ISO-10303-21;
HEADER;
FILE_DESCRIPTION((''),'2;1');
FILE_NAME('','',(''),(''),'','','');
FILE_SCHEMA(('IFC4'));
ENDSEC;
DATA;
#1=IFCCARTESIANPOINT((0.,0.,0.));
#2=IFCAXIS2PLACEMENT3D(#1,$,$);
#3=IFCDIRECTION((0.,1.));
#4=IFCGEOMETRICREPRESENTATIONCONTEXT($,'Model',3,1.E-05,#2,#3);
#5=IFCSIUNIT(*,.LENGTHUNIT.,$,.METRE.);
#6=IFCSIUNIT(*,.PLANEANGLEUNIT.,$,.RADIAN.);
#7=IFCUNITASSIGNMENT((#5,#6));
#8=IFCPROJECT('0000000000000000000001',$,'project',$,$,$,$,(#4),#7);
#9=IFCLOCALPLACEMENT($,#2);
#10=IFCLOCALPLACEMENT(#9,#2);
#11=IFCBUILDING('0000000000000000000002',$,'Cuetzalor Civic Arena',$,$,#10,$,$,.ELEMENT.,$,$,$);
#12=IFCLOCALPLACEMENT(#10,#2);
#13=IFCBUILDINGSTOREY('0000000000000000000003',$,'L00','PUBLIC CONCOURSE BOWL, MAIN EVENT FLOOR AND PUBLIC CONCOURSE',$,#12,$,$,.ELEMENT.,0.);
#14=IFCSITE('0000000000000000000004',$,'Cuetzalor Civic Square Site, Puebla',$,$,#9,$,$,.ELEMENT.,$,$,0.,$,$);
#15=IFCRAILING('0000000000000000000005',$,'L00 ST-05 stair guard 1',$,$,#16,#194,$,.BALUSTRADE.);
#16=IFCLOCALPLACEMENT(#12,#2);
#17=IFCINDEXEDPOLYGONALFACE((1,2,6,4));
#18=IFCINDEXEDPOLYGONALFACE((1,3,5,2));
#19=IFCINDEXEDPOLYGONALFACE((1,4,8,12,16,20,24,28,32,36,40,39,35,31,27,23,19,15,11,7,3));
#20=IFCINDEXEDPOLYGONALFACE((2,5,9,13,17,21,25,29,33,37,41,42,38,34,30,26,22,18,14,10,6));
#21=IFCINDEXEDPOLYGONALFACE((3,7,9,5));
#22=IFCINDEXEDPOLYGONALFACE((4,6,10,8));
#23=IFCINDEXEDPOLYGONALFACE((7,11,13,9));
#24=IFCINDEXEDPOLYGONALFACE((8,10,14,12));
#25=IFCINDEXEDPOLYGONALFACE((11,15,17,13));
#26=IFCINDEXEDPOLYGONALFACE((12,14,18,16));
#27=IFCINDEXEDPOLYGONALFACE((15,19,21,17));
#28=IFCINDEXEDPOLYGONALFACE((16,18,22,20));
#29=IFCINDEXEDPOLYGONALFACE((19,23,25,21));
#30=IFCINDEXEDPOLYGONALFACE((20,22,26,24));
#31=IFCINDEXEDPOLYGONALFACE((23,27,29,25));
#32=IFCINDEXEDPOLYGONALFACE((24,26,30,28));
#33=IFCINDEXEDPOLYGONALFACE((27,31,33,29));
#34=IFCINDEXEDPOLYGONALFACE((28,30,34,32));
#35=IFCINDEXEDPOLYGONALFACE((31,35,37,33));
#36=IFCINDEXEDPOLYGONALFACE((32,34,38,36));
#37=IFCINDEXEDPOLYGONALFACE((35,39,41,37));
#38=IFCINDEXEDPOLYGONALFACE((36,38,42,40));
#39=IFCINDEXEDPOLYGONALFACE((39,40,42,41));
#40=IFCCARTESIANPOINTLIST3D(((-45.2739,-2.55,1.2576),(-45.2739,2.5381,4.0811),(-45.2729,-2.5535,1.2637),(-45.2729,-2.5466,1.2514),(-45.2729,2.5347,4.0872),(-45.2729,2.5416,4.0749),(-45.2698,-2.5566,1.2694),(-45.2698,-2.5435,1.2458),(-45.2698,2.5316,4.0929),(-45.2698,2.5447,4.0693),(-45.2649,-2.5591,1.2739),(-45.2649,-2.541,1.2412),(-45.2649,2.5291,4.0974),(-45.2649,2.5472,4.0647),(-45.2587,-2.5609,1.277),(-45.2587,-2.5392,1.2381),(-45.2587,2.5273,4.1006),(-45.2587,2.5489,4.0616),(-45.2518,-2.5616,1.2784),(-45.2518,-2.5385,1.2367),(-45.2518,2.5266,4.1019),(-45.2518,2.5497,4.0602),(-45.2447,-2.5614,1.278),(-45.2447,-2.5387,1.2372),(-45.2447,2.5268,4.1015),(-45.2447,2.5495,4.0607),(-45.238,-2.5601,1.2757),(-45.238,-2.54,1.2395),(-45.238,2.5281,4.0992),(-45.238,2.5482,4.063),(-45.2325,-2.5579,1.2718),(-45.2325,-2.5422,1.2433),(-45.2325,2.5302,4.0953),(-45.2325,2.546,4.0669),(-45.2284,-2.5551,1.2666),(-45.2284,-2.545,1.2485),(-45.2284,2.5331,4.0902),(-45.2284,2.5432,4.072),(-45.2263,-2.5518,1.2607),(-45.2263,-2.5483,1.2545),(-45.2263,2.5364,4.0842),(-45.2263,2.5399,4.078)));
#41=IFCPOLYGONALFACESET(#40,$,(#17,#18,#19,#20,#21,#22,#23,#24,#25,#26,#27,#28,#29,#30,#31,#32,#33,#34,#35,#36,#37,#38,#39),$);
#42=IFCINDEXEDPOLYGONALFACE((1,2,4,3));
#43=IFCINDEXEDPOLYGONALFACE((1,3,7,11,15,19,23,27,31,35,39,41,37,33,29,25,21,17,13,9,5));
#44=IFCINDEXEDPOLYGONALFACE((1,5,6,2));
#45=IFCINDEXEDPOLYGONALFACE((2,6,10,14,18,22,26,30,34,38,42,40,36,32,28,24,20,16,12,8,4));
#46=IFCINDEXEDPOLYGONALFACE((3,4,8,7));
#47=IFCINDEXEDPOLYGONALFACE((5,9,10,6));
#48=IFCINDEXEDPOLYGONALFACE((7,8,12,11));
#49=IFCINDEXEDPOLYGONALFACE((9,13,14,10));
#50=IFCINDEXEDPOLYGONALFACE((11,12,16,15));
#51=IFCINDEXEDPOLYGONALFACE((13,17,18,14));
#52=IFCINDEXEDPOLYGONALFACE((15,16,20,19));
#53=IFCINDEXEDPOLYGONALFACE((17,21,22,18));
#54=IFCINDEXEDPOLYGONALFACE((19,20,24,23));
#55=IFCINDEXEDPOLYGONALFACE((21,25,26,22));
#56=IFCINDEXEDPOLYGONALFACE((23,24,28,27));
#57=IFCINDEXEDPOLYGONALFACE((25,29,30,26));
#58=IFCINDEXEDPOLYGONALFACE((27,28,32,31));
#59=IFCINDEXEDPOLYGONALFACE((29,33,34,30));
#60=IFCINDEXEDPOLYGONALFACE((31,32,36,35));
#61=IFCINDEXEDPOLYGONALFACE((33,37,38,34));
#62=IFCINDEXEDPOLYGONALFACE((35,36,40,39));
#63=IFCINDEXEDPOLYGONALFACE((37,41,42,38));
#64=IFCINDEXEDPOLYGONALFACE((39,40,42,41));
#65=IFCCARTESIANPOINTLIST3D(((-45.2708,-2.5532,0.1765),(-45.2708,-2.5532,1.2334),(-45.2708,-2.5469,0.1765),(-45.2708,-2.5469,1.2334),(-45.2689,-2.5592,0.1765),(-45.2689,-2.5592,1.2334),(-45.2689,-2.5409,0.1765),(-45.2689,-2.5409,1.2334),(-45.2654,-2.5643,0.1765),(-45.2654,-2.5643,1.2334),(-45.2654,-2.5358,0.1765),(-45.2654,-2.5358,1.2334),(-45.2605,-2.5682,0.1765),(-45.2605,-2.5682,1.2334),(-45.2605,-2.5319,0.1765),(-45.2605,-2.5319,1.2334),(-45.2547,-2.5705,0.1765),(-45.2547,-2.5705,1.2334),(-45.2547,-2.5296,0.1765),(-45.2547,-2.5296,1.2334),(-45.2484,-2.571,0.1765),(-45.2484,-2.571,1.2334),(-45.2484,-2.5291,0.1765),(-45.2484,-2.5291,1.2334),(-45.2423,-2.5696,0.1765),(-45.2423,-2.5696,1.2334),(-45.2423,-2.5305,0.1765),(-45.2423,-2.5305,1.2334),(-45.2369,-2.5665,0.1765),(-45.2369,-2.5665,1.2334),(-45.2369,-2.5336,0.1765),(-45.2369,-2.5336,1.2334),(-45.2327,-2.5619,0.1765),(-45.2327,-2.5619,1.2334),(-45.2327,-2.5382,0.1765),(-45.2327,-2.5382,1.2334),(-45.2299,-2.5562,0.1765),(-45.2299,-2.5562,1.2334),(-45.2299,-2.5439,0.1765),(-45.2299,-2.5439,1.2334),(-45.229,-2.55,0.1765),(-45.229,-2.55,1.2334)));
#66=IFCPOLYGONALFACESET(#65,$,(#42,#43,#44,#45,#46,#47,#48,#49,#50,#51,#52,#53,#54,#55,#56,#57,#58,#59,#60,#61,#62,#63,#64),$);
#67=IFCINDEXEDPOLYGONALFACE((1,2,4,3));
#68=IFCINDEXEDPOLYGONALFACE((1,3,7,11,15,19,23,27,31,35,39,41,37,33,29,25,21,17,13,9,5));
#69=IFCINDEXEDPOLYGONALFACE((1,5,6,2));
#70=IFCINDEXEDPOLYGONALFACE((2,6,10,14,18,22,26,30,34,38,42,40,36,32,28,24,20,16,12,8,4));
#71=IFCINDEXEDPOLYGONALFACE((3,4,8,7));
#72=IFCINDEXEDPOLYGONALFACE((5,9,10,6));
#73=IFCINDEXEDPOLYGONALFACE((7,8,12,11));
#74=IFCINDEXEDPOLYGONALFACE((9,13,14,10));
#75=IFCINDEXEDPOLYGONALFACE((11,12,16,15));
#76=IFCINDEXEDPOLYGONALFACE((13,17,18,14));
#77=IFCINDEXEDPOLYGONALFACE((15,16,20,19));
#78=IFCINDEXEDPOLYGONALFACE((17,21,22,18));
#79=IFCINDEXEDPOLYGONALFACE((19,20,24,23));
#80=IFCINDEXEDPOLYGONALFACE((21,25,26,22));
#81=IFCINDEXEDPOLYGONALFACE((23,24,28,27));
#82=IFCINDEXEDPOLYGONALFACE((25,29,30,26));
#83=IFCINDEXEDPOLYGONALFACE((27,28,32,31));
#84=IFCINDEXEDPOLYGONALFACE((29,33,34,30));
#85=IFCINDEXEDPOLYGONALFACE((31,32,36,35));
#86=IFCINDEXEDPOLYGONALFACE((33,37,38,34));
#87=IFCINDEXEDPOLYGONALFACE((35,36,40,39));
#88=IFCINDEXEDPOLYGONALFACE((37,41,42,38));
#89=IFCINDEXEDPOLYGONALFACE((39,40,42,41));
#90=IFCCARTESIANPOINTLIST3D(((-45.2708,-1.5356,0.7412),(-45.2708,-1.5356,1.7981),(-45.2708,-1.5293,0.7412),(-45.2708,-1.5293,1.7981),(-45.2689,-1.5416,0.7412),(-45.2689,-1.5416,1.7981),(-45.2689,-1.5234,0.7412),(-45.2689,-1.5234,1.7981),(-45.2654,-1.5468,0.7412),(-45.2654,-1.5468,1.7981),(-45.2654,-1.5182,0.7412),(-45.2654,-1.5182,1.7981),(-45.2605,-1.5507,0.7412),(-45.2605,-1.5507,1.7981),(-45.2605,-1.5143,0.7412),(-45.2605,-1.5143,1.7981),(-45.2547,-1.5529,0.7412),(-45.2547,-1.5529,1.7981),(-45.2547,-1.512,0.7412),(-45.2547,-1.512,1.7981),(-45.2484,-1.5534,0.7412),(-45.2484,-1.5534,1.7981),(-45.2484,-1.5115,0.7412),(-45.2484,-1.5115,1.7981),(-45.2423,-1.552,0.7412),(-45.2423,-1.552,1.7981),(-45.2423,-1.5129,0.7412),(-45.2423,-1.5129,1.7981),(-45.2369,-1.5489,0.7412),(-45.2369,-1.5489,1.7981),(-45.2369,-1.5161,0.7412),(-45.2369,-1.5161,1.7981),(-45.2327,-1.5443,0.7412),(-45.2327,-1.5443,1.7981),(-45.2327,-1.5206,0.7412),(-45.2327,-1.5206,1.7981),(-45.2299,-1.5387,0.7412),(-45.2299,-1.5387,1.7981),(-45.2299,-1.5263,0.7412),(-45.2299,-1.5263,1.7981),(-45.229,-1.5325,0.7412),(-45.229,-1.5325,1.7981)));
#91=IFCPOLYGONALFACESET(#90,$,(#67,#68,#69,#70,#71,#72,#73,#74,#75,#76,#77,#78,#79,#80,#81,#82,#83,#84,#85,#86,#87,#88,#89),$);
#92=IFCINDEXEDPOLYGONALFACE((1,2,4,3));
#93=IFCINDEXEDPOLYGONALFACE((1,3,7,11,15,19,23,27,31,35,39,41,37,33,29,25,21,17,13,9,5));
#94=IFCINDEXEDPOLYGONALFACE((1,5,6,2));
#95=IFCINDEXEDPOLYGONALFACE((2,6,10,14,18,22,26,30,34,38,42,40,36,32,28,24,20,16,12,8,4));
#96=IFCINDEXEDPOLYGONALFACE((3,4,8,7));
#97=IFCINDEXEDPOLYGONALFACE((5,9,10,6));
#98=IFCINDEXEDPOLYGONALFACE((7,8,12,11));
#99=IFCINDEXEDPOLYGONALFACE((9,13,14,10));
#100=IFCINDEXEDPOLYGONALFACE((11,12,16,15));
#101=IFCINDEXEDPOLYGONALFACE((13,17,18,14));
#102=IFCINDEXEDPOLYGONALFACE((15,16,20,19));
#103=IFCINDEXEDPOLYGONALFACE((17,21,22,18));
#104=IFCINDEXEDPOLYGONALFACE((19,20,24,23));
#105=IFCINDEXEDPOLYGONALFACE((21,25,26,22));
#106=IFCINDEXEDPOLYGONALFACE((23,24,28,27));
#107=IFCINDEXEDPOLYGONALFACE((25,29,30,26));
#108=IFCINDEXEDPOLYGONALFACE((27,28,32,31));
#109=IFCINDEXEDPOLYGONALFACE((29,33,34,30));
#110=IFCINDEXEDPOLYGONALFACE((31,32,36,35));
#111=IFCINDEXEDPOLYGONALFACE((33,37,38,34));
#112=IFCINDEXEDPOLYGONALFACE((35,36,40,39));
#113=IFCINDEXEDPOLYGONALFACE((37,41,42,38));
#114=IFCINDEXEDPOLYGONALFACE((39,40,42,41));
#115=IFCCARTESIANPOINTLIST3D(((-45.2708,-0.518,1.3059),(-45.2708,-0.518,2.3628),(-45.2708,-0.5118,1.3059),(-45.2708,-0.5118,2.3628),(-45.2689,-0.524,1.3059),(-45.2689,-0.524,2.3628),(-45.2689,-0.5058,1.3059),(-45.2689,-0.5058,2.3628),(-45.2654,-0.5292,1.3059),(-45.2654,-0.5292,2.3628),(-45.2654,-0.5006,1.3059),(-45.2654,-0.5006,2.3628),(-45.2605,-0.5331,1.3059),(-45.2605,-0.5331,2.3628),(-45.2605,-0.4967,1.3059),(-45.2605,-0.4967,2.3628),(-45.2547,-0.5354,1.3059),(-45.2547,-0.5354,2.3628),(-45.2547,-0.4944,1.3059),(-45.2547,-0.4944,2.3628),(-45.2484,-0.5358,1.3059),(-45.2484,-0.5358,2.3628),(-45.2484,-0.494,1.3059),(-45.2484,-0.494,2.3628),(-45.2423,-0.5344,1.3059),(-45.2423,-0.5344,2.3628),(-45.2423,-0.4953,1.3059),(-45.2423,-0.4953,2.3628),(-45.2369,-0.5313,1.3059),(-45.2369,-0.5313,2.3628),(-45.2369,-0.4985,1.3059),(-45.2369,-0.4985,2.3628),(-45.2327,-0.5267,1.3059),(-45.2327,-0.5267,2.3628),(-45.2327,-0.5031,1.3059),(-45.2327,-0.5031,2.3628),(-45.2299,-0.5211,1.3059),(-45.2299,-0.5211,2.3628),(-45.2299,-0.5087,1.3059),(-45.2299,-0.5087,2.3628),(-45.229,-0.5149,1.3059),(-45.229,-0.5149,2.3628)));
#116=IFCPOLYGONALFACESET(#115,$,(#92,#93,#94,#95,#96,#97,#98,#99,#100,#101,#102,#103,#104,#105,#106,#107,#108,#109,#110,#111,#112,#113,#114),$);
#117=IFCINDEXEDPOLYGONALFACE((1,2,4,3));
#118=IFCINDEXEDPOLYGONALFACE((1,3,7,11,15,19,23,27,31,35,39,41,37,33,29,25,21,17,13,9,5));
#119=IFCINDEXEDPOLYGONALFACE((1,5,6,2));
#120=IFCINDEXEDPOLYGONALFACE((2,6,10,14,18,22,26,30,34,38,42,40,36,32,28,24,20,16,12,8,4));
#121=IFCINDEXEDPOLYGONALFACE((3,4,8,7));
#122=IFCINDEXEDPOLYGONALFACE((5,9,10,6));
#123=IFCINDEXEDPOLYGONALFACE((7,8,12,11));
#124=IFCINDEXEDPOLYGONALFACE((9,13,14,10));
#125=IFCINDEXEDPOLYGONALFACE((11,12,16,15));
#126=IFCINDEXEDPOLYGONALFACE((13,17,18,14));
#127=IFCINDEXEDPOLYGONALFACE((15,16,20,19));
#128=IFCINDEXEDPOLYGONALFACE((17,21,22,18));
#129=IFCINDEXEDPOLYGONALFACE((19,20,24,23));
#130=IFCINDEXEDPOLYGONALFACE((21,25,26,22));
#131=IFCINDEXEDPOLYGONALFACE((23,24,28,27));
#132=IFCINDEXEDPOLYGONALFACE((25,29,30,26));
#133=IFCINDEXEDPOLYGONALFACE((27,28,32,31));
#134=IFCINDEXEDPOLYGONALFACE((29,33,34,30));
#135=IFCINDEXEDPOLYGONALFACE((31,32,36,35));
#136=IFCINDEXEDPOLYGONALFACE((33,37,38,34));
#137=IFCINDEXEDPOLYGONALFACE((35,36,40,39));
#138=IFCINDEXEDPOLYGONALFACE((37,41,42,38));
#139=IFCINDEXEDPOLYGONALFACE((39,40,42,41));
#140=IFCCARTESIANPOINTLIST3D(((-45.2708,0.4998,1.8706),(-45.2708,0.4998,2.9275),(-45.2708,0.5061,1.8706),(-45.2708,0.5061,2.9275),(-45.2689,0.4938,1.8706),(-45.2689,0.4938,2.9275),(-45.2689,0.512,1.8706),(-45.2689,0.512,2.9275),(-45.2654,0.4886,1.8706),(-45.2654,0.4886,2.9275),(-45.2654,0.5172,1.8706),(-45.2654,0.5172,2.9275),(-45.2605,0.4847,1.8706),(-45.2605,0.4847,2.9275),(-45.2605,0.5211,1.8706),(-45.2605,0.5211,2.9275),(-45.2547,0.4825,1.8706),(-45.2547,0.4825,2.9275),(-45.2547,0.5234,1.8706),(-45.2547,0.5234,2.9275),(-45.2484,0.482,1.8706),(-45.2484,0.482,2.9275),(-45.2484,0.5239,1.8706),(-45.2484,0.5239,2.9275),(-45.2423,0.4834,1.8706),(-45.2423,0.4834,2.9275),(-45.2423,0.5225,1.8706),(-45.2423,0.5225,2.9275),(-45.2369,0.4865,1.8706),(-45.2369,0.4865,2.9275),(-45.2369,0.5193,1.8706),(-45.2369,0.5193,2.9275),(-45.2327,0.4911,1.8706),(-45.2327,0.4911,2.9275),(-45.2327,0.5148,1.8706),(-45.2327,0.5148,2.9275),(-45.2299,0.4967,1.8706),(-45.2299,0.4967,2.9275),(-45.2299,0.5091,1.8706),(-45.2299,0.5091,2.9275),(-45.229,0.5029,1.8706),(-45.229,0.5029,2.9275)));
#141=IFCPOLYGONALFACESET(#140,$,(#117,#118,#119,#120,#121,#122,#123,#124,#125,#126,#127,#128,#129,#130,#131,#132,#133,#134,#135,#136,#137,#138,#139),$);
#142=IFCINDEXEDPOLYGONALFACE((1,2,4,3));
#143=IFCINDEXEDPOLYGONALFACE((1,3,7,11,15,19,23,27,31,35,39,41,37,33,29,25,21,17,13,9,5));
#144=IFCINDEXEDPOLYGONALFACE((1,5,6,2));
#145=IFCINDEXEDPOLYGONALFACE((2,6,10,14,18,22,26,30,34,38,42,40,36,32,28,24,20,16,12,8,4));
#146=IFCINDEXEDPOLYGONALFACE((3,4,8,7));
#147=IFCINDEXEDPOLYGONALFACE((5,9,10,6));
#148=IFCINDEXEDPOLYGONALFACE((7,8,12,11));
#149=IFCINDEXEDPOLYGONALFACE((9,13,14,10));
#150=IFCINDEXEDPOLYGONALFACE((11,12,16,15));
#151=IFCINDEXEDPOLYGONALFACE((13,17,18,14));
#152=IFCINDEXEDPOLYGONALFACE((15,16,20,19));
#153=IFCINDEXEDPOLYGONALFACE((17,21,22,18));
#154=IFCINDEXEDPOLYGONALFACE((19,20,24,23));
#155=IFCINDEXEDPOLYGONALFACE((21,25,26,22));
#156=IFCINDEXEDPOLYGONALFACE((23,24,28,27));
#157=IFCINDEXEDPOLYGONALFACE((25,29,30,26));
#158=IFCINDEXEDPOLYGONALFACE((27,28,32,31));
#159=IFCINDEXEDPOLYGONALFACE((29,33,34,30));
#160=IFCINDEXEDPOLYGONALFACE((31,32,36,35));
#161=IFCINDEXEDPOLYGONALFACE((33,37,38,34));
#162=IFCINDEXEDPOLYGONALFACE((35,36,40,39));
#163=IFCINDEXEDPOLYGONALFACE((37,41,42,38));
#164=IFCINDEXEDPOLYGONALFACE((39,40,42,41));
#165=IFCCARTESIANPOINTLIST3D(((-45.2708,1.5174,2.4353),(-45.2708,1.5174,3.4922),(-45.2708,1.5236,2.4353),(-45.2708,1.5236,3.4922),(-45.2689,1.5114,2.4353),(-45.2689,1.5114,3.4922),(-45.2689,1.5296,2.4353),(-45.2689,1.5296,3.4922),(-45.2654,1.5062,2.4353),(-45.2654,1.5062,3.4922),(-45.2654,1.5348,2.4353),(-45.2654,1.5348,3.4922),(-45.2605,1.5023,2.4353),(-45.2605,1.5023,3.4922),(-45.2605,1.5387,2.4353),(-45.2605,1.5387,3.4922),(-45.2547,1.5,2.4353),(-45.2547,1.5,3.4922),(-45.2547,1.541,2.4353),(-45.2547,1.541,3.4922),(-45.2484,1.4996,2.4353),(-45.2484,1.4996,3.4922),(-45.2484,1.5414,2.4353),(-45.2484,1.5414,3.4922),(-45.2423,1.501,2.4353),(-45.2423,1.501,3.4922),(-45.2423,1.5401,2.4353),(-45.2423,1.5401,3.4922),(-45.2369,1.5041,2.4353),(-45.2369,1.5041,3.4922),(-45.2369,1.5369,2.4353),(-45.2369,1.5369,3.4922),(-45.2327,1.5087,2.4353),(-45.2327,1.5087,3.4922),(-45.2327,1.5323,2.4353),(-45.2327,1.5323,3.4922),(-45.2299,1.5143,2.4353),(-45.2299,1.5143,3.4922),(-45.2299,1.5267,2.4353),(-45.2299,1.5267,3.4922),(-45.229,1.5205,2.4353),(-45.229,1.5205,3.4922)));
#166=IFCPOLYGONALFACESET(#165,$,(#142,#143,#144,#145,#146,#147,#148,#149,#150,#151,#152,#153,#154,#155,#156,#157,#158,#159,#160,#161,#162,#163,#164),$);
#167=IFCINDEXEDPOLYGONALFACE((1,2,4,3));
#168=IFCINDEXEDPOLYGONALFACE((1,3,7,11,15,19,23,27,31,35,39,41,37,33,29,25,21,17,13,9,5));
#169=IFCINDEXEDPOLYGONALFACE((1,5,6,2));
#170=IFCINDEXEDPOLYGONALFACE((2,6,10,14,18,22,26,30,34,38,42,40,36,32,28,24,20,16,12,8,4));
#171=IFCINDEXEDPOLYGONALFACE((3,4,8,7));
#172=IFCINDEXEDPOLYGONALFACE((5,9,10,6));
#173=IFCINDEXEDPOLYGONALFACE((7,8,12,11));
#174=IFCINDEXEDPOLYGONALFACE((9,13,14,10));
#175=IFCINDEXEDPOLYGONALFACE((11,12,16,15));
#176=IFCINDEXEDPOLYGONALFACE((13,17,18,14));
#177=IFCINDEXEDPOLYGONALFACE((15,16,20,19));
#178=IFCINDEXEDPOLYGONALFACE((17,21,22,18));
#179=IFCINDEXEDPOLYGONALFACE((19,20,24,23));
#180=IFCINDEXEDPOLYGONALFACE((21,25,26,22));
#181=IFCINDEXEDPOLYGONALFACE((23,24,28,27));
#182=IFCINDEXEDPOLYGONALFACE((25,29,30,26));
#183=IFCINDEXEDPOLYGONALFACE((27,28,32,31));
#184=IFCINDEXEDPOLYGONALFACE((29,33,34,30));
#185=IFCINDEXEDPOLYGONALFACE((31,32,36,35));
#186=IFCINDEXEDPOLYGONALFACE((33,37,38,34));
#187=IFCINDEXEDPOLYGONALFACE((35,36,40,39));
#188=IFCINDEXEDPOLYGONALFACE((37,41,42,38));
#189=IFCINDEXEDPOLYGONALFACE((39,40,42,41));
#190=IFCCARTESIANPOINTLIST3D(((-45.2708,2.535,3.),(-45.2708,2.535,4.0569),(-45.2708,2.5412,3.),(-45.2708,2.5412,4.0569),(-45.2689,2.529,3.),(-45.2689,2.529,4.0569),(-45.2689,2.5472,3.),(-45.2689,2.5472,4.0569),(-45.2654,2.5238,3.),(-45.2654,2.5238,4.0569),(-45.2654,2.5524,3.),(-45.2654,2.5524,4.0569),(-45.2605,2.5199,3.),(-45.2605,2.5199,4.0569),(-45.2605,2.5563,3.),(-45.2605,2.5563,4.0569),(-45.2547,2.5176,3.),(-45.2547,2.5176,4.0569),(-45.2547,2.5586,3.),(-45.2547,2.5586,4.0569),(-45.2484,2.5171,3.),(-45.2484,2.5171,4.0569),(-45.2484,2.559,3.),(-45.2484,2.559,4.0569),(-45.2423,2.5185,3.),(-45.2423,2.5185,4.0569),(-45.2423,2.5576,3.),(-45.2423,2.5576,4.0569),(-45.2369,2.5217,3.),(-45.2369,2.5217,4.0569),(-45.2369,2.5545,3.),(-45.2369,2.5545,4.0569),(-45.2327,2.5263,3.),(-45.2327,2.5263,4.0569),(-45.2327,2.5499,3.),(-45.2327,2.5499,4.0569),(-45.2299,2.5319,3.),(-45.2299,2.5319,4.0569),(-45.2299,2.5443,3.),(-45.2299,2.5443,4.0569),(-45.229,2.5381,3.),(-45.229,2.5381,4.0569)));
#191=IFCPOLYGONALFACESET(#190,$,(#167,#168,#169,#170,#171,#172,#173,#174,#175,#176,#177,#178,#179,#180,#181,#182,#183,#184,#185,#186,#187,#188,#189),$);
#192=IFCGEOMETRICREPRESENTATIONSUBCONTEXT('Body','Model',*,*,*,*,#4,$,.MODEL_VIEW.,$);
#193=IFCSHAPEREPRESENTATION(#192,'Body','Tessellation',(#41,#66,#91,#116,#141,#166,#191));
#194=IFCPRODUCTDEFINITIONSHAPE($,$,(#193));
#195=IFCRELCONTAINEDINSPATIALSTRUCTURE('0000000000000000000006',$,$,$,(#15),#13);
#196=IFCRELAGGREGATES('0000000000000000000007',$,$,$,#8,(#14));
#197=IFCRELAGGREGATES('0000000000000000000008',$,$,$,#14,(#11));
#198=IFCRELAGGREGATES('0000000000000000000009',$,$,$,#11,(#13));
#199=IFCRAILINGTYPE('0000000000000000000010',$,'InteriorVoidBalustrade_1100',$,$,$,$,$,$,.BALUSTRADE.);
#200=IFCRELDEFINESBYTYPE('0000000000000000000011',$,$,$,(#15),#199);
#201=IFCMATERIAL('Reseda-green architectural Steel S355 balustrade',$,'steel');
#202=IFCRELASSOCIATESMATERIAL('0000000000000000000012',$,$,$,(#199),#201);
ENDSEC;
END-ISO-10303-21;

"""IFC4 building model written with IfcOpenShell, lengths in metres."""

from ifc_helpers import new_model, si_unit, direction, frame, origin, origin_2d, place, context, subcontext, project, spatial, circle, extrude, material, type_object, element, save


model = new_model("IFC4")

# Units and contexts
model_context = context("Model", 3, precision=1e-05, world=origin(), true_north=direction((0.0, 1.0)))
body_context = subcontext(model_context, "Body", "Model", "MODEL_VIEW")
ifc_project = project(units=[si_unit("LENGTHUNIT", "METRE"), si_unit("PLANEANGLEUNIT", "RADIAN")], contexts=[model_context])

# Site, building, storey
site_placement = place(None, origin())
site = spatial("IfcSite", under=ifc_project, at=site_placement, Name="Cuetzalor Civic Square Site, Puebla", CompositionType="ELEMENT", RefElevation=0.0)
building_placement = place(site_placement, origin())
building = spatial("IfcBuilding", under=site, at=building_placement, Name="Cuetzalor Civic Arena", CompositionType="ELEMENT")
storey_placement = place(building_placement, origin())
storey = spatial("IfcBuildingStorey", under=building, at=storey_placement, Name="L00", Description="PUBLIC CONCOURSE BOWL, MAIN EVENT FLOOR AND PUBLIC CONCOURSE", CompositionType="ELEMENT", Elevation=0.0)

# Railing
ifc_material_1 = material(Name="Reseda-green architectural Steel S355 balustrade", Category="steel")
railing_type_1 = type_object("IfcRailingType", Name="InteriorVoidBalustrade_1100", PredefinedType="BALUSTRADE", material=ifc_material_1)
railing_1_placement = place(storey_placement, frame((-45.25, -2.55, 0.1765)))
element("IfcRailing", 1, at=railing_1_placement, inside=storey, type_object=railing_type_1, Name="L00 ST-05 stair guard 1", PredefinedType="BALUSTRADE", context=body_context, shape_type="SweptSolid", body=[
    extrude(circle(Radius=0.0239, at=origin_2d()), frame((0.0, 0.0, 1.0811), z_axis=(0.0, 0.874395, 0.485215), x_axis=(-1.0, 0.0, 0.0)), (0.0, 0.0, 1.0), 5.8191),
    extrude(circle(Radius=0.021, at=origin_2d()), origin(), (0.0, 0.0, 1.0), 1.0569),
    extrude(circle(Radius=0.021, at=origin_2d()), frame((0.0, 1.0176, 0.5647)), (0.0, 0.0, 1.0), 1.0569),
    extrude(circle(Radius=0.021, at=origin_2d()), frame((0.0, 2.0352, 1.1294)), (0.0, 0.0, 1.0), 1.0569),
    extrude(circle(Radius=0.021, at=origin_2d()), frame((0.0, 3.053, 1.6941)), (0.0, 0.0, 1.0), 1.0569),
    extrude(circle(Radius=0.021, at=origin_2d()), frame((0.0, 4.0706, 2.2588)), (0.0, 0.0, 1.0), 1.0569),
    extrude(circle(Radius=0.021, at=origin_2d()), frame((0.0, 5.0881, 2.8235)), (0.0, 0.0, 1.0), 1.0569),
])

save(model, "model.ifc")
